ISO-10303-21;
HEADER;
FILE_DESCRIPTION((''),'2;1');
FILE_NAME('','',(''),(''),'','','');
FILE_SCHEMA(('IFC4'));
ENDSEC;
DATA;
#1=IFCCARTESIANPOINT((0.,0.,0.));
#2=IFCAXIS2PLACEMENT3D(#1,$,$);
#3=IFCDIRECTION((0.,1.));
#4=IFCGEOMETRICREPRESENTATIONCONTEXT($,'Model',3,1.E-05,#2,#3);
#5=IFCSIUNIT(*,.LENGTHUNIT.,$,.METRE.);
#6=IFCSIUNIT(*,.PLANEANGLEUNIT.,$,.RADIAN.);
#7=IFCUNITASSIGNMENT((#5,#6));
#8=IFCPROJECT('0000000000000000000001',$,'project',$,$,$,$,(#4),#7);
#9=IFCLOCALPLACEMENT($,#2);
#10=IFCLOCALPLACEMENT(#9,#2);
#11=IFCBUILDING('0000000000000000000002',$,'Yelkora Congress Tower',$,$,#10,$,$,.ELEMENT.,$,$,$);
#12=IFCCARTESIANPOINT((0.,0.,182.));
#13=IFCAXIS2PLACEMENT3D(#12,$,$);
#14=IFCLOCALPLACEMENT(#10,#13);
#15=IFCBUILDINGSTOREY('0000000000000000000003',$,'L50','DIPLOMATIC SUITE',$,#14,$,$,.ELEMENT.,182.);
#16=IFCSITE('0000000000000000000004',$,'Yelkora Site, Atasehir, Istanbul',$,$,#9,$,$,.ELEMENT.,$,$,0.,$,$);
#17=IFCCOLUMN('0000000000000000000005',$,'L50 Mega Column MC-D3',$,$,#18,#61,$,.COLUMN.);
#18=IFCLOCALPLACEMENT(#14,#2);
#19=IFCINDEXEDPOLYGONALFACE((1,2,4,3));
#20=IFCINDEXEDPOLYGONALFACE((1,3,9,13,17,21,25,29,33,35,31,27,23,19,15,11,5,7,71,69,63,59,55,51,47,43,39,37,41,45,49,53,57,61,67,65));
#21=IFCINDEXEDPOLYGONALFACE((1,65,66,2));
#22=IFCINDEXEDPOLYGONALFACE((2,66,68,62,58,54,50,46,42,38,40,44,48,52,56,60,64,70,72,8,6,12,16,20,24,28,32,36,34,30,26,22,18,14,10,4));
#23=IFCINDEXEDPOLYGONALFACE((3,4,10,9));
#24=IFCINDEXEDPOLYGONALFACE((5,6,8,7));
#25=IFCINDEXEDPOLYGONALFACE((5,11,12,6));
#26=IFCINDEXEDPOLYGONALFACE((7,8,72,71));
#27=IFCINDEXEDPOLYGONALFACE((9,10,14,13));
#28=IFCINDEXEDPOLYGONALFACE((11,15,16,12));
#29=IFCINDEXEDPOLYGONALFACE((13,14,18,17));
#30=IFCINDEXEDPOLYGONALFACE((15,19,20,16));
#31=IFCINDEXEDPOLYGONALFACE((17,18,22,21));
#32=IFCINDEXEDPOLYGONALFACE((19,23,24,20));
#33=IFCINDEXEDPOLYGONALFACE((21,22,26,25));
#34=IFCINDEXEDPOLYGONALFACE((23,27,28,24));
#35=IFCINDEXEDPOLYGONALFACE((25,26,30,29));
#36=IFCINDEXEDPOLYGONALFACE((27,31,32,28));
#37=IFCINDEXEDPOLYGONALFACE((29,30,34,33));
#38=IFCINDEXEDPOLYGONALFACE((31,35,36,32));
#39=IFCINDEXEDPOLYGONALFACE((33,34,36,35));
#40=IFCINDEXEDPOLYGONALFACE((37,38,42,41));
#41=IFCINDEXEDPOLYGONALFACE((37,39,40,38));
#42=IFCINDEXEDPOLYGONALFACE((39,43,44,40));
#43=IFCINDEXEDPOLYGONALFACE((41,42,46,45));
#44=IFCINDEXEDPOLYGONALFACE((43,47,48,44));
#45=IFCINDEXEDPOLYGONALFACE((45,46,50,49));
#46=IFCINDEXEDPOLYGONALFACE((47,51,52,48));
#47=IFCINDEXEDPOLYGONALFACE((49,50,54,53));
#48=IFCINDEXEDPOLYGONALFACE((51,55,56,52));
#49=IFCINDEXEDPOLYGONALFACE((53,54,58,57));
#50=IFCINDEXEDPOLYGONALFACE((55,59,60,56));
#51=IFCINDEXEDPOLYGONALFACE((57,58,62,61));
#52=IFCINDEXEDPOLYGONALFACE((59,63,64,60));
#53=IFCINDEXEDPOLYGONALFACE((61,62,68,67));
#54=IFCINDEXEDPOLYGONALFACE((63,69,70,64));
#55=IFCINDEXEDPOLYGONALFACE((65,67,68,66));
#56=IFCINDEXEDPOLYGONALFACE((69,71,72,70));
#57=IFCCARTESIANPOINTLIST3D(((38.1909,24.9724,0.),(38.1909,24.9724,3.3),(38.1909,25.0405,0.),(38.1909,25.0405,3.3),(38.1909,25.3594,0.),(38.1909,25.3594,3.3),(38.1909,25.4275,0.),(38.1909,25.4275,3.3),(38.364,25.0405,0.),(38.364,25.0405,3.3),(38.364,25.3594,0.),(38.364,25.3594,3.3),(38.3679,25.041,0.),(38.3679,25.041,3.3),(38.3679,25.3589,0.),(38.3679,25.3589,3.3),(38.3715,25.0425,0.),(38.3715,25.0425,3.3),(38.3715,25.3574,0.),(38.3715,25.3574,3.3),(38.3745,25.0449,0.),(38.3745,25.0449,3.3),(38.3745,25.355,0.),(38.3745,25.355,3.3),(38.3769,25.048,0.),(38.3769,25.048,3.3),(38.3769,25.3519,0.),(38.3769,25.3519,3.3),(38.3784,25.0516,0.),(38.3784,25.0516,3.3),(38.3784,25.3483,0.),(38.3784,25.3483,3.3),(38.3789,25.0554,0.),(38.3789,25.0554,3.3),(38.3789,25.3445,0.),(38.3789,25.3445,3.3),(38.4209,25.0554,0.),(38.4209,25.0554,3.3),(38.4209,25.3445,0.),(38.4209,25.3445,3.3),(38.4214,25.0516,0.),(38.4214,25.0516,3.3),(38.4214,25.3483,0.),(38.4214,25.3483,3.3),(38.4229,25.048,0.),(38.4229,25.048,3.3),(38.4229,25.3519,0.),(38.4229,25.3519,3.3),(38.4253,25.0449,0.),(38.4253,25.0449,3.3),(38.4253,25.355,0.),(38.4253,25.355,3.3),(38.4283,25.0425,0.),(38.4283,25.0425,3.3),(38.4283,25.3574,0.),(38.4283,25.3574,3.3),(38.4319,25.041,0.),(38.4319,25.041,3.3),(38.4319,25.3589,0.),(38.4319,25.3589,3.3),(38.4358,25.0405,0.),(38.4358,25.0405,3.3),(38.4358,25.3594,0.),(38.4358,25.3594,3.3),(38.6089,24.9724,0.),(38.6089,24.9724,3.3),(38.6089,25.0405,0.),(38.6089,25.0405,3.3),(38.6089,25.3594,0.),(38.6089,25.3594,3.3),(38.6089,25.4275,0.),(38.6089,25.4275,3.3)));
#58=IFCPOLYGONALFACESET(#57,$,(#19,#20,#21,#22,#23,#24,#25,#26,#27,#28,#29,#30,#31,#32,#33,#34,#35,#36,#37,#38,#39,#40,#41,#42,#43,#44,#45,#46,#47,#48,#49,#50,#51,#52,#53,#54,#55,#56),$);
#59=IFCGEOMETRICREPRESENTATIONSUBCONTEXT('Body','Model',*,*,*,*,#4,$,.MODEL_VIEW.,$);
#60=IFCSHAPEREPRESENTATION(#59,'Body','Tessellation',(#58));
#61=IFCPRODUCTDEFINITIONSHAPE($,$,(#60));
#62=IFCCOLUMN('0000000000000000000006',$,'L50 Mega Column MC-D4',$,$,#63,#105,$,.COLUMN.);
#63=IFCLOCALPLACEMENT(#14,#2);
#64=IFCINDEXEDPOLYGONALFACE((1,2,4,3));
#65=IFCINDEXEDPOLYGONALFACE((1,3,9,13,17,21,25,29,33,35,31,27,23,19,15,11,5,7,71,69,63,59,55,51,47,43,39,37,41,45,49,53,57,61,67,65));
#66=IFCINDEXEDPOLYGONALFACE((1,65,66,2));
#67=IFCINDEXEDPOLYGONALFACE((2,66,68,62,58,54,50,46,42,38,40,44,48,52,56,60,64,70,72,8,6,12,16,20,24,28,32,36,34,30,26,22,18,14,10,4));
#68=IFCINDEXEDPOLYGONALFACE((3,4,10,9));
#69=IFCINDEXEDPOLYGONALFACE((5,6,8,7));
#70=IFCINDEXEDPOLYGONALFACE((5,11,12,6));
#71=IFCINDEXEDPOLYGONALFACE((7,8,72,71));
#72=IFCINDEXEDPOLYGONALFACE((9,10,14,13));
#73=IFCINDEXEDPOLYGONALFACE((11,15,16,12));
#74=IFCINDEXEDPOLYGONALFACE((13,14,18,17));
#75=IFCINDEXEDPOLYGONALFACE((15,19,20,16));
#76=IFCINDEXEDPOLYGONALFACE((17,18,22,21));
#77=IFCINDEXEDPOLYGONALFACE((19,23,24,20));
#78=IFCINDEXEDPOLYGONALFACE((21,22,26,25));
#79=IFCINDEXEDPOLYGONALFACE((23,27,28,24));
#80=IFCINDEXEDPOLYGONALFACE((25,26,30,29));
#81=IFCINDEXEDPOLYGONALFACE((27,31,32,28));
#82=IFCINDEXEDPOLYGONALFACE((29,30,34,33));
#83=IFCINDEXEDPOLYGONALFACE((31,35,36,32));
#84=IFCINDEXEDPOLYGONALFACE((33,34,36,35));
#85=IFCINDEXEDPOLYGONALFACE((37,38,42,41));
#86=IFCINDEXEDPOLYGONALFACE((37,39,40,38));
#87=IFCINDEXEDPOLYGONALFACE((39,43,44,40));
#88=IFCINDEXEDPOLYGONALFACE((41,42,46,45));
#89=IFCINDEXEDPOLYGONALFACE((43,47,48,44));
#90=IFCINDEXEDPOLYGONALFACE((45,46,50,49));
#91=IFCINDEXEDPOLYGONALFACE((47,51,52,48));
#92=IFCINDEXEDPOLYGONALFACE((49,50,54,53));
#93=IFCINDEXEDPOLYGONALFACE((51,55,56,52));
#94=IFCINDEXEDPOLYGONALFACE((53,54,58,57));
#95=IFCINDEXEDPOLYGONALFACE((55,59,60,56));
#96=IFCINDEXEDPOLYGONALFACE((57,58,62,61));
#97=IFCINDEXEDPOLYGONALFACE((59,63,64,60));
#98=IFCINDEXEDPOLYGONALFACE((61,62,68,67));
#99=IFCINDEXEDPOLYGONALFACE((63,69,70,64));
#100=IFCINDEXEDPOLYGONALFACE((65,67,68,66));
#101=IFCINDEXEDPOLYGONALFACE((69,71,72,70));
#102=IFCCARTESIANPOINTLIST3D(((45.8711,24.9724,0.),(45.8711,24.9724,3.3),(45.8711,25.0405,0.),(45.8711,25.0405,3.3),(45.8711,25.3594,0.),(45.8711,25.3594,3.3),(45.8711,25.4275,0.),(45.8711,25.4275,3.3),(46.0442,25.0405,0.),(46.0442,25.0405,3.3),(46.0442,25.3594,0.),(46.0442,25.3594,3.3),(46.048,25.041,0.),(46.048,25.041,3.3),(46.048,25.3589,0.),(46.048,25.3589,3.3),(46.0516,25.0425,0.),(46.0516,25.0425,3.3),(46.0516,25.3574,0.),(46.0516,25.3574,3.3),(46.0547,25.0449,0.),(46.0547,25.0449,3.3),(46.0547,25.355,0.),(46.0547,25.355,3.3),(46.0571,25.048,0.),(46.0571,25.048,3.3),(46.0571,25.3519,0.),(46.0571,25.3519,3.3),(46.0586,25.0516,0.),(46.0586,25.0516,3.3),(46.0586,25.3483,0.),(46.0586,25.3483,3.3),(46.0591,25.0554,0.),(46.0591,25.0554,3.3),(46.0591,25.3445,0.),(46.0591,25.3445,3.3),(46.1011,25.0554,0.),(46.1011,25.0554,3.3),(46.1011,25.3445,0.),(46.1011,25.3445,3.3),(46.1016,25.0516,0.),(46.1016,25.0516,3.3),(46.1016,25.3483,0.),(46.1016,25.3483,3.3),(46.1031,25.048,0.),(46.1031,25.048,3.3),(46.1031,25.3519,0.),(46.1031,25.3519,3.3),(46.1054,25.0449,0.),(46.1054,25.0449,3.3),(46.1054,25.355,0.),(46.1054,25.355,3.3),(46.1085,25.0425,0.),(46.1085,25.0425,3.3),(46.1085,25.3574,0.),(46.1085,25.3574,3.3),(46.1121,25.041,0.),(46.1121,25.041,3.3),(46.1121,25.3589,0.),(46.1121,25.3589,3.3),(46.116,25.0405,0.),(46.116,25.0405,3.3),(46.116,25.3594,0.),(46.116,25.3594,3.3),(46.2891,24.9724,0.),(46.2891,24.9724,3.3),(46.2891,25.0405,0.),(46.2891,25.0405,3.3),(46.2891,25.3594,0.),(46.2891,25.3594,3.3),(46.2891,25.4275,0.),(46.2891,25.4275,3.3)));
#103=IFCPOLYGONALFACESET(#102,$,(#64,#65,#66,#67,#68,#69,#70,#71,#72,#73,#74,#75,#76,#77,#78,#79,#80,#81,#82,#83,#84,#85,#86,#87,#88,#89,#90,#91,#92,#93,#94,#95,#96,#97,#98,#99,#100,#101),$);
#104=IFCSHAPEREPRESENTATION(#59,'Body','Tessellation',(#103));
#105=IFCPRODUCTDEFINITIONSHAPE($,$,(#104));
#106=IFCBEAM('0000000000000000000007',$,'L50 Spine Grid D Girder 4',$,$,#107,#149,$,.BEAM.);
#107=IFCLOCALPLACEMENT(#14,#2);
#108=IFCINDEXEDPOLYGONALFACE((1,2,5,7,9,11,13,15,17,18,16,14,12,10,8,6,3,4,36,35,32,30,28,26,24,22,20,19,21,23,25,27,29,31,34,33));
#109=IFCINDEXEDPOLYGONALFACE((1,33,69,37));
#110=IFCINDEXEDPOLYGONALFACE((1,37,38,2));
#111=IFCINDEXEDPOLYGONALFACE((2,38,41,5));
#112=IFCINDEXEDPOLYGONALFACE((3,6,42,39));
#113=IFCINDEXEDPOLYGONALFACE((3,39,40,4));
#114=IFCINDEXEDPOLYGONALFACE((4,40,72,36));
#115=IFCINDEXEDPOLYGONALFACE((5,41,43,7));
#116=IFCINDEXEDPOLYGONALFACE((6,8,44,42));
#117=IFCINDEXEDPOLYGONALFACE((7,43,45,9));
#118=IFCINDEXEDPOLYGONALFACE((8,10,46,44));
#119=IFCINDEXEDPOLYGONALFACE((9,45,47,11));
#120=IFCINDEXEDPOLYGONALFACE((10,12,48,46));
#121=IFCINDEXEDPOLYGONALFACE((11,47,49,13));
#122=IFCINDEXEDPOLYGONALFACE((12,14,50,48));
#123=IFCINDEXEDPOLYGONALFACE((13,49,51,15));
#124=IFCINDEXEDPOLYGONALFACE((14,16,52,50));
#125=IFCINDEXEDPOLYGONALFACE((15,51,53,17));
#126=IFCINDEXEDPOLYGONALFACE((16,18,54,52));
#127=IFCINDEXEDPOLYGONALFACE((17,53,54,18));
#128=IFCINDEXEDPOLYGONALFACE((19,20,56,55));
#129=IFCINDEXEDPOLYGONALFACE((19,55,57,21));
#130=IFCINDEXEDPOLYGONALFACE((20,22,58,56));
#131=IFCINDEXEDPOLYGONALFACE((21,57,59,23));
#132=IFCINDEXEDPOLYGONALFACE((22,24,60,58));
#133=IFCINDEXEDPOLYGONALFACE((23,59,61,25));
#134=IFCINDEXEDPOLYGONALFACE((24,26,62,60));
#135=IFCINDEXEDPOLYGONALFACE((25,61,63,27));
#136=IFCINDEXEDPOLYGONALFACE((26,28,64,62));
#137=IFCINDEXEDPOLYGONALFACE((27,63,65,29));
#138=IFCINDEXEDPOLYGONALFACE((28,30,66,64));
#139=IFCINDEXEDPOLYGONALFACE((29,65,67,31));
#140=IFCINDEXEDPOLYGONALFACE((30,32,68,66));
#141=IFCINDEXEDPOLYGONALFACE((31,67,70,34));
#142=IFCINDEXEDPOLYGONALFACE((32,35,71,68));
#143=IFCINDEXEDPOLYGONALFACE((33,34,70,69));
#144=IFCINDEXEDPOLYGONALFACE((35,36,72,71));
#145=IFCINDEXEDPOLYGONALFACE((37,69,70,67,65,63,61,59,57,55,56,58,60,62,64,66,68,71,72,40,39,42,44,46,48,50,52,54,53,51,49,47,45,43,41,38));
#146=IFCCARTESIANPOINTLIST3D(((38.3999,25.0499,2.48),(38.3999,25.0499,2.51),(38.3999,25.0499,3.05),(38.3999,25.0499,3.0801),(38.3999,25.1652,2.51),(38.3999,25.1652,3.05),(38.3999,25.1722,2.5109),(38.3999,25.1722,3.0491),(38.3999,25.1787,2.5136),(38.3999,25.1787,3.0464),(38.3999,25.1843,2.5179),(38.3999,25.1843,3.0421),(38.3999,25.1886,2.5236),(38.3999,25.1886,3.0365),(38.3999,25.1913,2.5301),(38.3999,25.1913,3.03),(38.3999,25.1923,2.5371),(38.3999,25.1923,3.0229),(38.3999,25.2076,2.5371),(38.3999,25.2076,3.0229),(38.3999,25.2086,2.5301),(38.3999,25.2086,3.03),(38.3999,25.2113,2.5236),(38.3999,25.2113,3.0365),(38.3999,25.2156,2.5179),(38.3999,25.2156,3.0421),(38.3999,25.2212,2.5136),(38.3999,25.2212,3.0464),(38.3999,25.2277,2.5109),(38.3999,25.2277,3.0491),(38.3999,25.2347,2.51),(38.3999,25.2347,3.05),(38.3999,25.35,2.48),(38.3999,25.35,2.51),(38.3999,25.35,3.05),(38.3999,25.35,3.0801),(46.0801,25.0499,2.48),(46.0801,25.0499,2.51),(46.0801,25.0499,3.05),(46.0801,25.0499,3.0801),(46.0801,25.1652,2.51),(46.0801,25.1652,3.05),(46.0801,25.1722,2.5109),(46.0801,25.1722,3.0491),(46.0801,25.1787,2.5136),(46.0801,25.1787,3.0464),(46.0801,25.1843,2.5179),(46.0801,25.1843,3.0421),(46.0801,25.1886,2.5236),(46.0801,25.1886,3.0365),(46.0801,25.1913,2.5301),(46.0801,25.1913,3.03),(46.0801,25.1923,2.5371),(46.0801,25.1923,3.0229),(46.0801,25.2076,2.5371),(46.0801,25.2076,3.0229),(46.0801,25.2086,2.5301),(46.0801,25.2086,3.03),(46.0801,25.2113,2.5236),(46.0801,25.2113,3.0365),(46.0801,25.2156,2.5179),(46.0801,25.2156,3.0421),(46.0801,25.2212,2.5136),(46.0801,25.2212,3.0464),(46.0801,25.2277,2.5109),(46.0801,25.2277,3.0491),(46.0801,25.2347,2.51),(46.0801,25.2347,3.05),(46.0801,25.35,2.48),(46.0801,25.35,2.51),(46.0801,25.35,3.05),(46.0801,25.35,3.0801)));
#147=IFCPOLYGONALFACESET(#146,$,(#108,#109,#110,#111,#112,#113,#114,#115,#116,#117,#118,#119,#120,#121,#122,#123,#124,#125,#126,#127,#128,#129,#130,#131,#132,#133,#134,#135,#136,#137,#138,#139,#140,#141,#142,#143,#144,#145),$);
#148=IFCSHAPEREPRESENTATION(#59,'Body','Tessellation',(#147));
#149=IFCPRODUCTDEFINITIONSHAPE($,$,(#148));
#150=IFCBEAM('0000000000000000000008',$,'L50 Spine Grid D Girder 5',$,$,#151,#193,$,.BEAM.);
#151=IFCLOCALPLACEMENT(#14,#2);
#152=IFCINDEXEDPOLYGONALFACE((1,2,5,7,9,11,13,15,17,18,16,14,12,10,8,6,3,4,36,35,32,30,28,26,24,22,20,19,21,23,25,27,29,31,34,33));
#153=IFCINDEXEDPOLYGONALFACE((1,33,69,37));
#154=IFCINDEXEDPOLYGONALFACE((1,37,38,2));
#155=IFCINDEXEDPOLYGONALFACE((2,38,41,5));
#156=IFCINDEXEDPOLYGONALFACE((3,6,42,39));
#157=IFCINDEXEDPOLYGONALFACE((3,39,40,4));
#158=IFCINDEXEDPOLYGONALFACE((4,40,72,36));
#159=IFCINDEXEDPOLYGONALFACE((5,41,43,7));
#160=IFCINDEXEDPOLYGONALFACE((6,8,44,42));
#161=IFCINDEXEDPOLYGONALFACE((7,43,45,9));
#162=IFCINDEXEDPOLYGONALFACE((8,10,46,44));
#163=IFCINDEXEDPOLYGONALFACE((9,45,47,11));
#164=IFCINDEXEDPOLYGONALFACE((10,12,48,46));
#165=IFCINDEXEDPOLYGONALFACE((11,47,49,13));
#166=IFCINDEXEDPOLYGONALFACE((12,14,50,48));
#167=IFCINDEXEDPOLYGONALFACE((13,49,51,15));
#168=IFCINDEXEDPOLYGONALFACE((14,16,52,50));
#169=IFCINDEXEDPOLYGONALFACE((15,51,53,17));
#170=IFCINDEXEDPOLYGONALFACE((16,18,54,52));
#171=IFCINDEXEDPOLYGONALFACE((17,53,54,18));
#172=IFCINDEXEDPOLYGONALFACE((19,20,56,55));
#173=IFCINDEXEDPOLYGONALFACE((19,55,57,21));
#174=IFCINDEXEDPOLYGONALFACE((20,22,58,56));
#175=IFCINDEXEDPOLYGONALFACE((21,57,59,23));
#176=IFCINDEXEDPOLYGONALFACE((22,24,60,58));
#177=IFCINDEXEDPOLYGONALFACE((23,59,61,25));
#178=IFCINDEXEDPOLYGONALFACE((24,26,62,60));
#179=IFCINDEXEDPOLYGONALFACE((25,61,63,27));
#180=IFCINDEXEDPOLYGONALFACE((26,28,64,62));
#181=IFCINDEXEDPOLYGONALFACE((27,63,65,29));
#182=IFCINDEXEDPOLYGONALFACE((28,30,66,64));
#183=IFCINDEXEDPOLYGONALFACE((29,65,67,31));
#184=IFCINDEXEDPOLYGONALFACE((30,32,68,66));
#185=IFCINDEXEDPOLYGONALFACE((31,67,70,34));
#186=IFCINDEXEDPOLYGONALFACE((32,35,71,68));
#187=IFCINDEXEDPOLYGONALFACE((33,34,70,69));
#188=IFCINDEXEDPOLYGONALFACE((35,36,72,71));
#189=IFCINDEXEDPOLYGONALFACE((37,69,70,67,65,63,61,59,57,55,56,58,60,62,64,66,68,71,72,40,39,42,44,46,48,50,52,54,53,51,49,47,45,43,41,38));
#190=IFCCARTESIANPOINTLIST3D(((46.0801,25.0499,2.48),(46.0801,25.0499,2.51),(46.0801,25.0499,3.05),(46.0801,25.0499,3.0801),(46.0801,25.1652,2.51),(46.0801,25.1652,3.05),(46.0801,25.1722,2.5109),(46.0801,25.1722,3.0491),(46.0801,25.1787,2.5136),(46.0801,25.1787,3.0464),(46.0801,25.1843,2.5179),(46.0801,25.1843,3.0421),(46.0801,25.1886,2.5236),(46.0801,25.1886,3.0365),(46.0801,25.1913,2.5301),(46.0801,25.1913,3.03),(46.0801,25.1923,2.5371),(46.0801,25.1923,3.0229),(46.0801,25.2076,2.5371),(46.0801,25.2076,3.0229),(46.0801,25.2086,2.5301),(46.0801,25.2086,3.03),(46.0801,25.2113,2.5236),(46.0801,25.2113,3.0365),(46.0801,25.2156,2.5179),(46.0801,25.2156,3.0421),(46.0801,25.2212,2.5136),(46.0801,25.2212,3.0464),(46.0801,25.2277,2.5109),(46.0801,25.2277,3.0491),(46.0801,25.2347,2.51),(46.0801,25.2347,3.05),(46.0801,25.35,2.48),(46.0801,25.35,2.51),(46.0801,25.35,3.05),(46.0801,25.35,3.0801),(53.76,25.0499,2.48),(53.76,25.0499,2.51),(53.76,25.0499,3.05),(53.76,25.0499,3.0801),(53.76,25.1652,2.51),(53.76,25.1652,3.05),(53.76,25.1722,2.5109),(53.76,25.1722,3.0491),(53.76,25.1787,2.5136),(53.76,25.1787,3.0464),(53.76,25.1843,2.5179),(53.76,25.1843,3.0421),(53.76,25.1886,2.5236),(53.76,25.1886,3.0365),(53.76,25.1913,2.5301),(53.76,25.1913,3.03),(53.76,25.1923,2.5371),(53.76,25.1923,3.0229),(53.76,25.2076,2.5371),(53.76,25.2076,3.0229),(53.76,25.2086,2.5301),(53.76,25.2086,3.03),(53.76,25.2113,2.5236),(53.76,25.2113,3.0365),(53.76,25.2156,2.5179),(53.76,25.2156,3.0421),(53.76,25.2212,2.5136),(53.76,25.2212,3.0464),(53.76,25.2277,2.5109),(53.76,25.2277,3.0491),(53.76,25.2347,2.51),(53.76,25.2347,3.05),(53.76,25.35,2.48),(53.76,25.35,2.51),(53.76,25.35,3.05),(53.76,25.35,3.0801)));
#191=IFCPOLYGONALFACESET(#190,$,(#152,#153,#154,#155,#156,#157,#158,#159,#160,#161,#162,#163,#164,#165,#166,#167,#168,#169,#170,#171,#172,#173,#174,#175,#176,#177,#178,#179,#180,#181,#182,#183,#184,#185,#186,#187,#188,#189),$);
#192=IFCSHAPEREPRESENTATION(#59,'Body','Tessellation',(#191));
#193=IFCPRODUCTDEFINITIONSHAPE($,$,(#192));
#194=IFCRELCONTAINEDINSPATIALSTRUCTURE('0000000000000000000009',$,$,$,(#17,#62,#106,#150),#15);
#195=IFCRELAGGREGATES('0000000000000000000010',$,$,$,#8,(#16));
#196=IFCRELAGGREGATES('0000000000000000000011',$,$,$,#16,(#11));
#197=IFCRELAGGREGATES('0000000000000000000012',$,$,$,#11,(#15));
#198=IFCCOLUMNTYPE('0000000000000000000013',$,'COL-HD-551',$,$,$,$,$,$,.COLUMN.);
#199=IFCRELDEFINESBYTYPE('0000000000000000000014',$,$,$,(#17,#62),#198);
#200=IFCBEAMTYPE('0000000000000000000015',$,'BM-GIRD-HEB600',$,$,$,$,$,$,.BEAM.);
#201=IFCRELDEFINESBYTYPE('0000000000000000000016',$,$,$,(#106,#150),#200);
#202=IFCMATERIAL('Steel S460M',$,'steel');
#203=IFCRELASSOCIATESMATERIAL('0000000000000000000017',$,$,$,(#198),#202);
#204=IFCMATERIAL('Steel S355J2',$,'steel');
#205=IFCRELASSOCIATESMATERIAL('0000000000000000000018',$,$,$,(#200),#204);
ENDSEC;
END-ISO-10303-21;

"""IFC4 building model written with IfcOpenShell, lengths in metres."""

from ifc_helpers import new_model, si_unit, direction, frame, origin, origin_2d, place, context, subcontext, project, spatial, i_section, extrude, material, material_profile, profile_set, type_object, element, save


model = new_model("IFC4")

# Units and contexts
model_context = context("Model", 3, precision=1e-05, world=origin(), true_north=direction((0.0, 1.0)))
body_context = subcontext(model_context, "Body", "Model", "MODEL_VIEW")
ifc_project = project(units=[si_unit("LENGTHUNIT", "METRE"), si_unit("PLANEANGLEUNIT", "RADIAN")], contexts=[model_context])

# Site, building, storey
site_placement = place(None, origin())
site = spatial("IfcSite", under=ifc_project, at=site_placement, Name="Yelkora Site, Atasehir, Istanbul", CompositionType="ELEMENT", RefElevation=0.0)
building_placement = place(site_placement, origin())
building = spatial("IfcBuilding", under=site, at=building_placement, Name="Yelkora Congress Tower", CompositionType="ELEMENT")
storey_placement = place(building_placement, frame((0.0, 0.0, 182.0)))
storey = spatial("IfcBuildingStorey", under=building, at=storey_placement, Name="L50", Description="DIPLOMATIC SUITE", CompositionType="ELEMENT", Elevation=182.0)

# Columns
ifc_material_1 = material(Name="Steel S460M", Category="steel")
ifc_material_profile_1 = material_profile(ifc_material_1, i_section(OverallWidth=0.418, OverallDepth=0.4551, WebThickness=0.042, FlangeThickness=0.0681, FilletRadius=0.0149, at=origin_2d()), Name="HD 400x551")
ifc_profile_set_1 = profile_set([ifc_material_profile_1], Name="Steel S460M")
column_type = type_object("IfcColumnType", Name="COL-HD-551", PredefinedType="COLUMN", material=ifc_profile_set_1)
for number, where, z_axis, x_axis, name in (
    (1, (38.3999, 25.2, 0.0), (0.0, 0.0, 1.0), (1.0, 0.0, 0.0), "L50 Mega Column MC-D3"),
    (2, (46.0801, 25.2, 0.0), (0.0, 0.0, 1.0), (1.0, 0.0, 0.0), "L50 Mega Column MC-D4"),
):
    element("IfcColumn", number, at=place(storey_placement, frame(where, z_axis=z_axis, x_axis=x_axis)), inside=storey, type_object=column_type, Name=name, PredefinedType="COLUMN", context=body_context, shape_type="SweptSolid", body=[
        extrude(i_section(OverallWidth=0.418, OverallDepth=0.4551, WebThickness=0.042, FlangeThickness=0.0681, FilletRadius=0.0149, at=origin_2d()), origin(), (0.0, 0.0, 1.0), 3.3),
    ])

# Beams
ifc_material_2 = material(Name="Steel S355J2", Category="steel")
ifc_material_profile_2 = material_profile(ifc_material_2, i_section(OverallWidth=0.3, OverallDepth=0.6001, WebThickness=0.0154, FlangeThickness=0.03, FilletRadius=0.0271, at=origin_2d()), Name="HEB 600")
ifc_profile_set_2 = profile_set([ifc_material_profile_2], Name="Steel S355J2")
beam_type_1 = type_object("IfcBeamType", Name="BM-GIRD-HEB600", PredefinedType="BEAM", material=ifc_profile_set_2)
beam_1_placement = place(storey_placement, frame((38.3999, 25.2, 2.78), z_axis=(1.0, 0.0, 0.0), x_axis=(0.0, 1.0, 0.0)))
element("IfcBeam", 3, at=beam_1_placement, inside=storey, type_object=beam_type_1, Name="L50 Spine Grid D Girder 4", PredefinedType="BEAM", context=body_context, shape_type="SweptSolid", body=[
    extrude(i_section(OverallWidth=0.3, OverallDepth=0.6001, WebThickness=0.0154, FlangeThickness=0.03, FilletRadius=0.0271, at=origin_2d()), origin(), (0.0, 0.0, 1.0), 7.6802),
])
beam_2_placement = place(storey_placement, frame((46.0801, 25.2, 2.78), z_axis=(1.0, 0.0, 0.0), x_axis=(0.0, 1.0, 0.0)))
element("IfcBeam", 4, at=beam_2_placement, inside=storey, type_object=beam_type_1, Name="L50 Spine Grid D Girder 5", PredefinedType="BEAM", context=body_context, shape_type="SweptSolid", body=[
    extrude(i_section(OverallWidth=0.3, OverallDepth=0.6001, WebThickness=0.0154, FlangeThickness=0.03, FilletRadius=0.0271, at=origin_2d()), origin(), (0.0, 0.0, 1.0), 7.6799),
])

save(model, "model.ifc")
